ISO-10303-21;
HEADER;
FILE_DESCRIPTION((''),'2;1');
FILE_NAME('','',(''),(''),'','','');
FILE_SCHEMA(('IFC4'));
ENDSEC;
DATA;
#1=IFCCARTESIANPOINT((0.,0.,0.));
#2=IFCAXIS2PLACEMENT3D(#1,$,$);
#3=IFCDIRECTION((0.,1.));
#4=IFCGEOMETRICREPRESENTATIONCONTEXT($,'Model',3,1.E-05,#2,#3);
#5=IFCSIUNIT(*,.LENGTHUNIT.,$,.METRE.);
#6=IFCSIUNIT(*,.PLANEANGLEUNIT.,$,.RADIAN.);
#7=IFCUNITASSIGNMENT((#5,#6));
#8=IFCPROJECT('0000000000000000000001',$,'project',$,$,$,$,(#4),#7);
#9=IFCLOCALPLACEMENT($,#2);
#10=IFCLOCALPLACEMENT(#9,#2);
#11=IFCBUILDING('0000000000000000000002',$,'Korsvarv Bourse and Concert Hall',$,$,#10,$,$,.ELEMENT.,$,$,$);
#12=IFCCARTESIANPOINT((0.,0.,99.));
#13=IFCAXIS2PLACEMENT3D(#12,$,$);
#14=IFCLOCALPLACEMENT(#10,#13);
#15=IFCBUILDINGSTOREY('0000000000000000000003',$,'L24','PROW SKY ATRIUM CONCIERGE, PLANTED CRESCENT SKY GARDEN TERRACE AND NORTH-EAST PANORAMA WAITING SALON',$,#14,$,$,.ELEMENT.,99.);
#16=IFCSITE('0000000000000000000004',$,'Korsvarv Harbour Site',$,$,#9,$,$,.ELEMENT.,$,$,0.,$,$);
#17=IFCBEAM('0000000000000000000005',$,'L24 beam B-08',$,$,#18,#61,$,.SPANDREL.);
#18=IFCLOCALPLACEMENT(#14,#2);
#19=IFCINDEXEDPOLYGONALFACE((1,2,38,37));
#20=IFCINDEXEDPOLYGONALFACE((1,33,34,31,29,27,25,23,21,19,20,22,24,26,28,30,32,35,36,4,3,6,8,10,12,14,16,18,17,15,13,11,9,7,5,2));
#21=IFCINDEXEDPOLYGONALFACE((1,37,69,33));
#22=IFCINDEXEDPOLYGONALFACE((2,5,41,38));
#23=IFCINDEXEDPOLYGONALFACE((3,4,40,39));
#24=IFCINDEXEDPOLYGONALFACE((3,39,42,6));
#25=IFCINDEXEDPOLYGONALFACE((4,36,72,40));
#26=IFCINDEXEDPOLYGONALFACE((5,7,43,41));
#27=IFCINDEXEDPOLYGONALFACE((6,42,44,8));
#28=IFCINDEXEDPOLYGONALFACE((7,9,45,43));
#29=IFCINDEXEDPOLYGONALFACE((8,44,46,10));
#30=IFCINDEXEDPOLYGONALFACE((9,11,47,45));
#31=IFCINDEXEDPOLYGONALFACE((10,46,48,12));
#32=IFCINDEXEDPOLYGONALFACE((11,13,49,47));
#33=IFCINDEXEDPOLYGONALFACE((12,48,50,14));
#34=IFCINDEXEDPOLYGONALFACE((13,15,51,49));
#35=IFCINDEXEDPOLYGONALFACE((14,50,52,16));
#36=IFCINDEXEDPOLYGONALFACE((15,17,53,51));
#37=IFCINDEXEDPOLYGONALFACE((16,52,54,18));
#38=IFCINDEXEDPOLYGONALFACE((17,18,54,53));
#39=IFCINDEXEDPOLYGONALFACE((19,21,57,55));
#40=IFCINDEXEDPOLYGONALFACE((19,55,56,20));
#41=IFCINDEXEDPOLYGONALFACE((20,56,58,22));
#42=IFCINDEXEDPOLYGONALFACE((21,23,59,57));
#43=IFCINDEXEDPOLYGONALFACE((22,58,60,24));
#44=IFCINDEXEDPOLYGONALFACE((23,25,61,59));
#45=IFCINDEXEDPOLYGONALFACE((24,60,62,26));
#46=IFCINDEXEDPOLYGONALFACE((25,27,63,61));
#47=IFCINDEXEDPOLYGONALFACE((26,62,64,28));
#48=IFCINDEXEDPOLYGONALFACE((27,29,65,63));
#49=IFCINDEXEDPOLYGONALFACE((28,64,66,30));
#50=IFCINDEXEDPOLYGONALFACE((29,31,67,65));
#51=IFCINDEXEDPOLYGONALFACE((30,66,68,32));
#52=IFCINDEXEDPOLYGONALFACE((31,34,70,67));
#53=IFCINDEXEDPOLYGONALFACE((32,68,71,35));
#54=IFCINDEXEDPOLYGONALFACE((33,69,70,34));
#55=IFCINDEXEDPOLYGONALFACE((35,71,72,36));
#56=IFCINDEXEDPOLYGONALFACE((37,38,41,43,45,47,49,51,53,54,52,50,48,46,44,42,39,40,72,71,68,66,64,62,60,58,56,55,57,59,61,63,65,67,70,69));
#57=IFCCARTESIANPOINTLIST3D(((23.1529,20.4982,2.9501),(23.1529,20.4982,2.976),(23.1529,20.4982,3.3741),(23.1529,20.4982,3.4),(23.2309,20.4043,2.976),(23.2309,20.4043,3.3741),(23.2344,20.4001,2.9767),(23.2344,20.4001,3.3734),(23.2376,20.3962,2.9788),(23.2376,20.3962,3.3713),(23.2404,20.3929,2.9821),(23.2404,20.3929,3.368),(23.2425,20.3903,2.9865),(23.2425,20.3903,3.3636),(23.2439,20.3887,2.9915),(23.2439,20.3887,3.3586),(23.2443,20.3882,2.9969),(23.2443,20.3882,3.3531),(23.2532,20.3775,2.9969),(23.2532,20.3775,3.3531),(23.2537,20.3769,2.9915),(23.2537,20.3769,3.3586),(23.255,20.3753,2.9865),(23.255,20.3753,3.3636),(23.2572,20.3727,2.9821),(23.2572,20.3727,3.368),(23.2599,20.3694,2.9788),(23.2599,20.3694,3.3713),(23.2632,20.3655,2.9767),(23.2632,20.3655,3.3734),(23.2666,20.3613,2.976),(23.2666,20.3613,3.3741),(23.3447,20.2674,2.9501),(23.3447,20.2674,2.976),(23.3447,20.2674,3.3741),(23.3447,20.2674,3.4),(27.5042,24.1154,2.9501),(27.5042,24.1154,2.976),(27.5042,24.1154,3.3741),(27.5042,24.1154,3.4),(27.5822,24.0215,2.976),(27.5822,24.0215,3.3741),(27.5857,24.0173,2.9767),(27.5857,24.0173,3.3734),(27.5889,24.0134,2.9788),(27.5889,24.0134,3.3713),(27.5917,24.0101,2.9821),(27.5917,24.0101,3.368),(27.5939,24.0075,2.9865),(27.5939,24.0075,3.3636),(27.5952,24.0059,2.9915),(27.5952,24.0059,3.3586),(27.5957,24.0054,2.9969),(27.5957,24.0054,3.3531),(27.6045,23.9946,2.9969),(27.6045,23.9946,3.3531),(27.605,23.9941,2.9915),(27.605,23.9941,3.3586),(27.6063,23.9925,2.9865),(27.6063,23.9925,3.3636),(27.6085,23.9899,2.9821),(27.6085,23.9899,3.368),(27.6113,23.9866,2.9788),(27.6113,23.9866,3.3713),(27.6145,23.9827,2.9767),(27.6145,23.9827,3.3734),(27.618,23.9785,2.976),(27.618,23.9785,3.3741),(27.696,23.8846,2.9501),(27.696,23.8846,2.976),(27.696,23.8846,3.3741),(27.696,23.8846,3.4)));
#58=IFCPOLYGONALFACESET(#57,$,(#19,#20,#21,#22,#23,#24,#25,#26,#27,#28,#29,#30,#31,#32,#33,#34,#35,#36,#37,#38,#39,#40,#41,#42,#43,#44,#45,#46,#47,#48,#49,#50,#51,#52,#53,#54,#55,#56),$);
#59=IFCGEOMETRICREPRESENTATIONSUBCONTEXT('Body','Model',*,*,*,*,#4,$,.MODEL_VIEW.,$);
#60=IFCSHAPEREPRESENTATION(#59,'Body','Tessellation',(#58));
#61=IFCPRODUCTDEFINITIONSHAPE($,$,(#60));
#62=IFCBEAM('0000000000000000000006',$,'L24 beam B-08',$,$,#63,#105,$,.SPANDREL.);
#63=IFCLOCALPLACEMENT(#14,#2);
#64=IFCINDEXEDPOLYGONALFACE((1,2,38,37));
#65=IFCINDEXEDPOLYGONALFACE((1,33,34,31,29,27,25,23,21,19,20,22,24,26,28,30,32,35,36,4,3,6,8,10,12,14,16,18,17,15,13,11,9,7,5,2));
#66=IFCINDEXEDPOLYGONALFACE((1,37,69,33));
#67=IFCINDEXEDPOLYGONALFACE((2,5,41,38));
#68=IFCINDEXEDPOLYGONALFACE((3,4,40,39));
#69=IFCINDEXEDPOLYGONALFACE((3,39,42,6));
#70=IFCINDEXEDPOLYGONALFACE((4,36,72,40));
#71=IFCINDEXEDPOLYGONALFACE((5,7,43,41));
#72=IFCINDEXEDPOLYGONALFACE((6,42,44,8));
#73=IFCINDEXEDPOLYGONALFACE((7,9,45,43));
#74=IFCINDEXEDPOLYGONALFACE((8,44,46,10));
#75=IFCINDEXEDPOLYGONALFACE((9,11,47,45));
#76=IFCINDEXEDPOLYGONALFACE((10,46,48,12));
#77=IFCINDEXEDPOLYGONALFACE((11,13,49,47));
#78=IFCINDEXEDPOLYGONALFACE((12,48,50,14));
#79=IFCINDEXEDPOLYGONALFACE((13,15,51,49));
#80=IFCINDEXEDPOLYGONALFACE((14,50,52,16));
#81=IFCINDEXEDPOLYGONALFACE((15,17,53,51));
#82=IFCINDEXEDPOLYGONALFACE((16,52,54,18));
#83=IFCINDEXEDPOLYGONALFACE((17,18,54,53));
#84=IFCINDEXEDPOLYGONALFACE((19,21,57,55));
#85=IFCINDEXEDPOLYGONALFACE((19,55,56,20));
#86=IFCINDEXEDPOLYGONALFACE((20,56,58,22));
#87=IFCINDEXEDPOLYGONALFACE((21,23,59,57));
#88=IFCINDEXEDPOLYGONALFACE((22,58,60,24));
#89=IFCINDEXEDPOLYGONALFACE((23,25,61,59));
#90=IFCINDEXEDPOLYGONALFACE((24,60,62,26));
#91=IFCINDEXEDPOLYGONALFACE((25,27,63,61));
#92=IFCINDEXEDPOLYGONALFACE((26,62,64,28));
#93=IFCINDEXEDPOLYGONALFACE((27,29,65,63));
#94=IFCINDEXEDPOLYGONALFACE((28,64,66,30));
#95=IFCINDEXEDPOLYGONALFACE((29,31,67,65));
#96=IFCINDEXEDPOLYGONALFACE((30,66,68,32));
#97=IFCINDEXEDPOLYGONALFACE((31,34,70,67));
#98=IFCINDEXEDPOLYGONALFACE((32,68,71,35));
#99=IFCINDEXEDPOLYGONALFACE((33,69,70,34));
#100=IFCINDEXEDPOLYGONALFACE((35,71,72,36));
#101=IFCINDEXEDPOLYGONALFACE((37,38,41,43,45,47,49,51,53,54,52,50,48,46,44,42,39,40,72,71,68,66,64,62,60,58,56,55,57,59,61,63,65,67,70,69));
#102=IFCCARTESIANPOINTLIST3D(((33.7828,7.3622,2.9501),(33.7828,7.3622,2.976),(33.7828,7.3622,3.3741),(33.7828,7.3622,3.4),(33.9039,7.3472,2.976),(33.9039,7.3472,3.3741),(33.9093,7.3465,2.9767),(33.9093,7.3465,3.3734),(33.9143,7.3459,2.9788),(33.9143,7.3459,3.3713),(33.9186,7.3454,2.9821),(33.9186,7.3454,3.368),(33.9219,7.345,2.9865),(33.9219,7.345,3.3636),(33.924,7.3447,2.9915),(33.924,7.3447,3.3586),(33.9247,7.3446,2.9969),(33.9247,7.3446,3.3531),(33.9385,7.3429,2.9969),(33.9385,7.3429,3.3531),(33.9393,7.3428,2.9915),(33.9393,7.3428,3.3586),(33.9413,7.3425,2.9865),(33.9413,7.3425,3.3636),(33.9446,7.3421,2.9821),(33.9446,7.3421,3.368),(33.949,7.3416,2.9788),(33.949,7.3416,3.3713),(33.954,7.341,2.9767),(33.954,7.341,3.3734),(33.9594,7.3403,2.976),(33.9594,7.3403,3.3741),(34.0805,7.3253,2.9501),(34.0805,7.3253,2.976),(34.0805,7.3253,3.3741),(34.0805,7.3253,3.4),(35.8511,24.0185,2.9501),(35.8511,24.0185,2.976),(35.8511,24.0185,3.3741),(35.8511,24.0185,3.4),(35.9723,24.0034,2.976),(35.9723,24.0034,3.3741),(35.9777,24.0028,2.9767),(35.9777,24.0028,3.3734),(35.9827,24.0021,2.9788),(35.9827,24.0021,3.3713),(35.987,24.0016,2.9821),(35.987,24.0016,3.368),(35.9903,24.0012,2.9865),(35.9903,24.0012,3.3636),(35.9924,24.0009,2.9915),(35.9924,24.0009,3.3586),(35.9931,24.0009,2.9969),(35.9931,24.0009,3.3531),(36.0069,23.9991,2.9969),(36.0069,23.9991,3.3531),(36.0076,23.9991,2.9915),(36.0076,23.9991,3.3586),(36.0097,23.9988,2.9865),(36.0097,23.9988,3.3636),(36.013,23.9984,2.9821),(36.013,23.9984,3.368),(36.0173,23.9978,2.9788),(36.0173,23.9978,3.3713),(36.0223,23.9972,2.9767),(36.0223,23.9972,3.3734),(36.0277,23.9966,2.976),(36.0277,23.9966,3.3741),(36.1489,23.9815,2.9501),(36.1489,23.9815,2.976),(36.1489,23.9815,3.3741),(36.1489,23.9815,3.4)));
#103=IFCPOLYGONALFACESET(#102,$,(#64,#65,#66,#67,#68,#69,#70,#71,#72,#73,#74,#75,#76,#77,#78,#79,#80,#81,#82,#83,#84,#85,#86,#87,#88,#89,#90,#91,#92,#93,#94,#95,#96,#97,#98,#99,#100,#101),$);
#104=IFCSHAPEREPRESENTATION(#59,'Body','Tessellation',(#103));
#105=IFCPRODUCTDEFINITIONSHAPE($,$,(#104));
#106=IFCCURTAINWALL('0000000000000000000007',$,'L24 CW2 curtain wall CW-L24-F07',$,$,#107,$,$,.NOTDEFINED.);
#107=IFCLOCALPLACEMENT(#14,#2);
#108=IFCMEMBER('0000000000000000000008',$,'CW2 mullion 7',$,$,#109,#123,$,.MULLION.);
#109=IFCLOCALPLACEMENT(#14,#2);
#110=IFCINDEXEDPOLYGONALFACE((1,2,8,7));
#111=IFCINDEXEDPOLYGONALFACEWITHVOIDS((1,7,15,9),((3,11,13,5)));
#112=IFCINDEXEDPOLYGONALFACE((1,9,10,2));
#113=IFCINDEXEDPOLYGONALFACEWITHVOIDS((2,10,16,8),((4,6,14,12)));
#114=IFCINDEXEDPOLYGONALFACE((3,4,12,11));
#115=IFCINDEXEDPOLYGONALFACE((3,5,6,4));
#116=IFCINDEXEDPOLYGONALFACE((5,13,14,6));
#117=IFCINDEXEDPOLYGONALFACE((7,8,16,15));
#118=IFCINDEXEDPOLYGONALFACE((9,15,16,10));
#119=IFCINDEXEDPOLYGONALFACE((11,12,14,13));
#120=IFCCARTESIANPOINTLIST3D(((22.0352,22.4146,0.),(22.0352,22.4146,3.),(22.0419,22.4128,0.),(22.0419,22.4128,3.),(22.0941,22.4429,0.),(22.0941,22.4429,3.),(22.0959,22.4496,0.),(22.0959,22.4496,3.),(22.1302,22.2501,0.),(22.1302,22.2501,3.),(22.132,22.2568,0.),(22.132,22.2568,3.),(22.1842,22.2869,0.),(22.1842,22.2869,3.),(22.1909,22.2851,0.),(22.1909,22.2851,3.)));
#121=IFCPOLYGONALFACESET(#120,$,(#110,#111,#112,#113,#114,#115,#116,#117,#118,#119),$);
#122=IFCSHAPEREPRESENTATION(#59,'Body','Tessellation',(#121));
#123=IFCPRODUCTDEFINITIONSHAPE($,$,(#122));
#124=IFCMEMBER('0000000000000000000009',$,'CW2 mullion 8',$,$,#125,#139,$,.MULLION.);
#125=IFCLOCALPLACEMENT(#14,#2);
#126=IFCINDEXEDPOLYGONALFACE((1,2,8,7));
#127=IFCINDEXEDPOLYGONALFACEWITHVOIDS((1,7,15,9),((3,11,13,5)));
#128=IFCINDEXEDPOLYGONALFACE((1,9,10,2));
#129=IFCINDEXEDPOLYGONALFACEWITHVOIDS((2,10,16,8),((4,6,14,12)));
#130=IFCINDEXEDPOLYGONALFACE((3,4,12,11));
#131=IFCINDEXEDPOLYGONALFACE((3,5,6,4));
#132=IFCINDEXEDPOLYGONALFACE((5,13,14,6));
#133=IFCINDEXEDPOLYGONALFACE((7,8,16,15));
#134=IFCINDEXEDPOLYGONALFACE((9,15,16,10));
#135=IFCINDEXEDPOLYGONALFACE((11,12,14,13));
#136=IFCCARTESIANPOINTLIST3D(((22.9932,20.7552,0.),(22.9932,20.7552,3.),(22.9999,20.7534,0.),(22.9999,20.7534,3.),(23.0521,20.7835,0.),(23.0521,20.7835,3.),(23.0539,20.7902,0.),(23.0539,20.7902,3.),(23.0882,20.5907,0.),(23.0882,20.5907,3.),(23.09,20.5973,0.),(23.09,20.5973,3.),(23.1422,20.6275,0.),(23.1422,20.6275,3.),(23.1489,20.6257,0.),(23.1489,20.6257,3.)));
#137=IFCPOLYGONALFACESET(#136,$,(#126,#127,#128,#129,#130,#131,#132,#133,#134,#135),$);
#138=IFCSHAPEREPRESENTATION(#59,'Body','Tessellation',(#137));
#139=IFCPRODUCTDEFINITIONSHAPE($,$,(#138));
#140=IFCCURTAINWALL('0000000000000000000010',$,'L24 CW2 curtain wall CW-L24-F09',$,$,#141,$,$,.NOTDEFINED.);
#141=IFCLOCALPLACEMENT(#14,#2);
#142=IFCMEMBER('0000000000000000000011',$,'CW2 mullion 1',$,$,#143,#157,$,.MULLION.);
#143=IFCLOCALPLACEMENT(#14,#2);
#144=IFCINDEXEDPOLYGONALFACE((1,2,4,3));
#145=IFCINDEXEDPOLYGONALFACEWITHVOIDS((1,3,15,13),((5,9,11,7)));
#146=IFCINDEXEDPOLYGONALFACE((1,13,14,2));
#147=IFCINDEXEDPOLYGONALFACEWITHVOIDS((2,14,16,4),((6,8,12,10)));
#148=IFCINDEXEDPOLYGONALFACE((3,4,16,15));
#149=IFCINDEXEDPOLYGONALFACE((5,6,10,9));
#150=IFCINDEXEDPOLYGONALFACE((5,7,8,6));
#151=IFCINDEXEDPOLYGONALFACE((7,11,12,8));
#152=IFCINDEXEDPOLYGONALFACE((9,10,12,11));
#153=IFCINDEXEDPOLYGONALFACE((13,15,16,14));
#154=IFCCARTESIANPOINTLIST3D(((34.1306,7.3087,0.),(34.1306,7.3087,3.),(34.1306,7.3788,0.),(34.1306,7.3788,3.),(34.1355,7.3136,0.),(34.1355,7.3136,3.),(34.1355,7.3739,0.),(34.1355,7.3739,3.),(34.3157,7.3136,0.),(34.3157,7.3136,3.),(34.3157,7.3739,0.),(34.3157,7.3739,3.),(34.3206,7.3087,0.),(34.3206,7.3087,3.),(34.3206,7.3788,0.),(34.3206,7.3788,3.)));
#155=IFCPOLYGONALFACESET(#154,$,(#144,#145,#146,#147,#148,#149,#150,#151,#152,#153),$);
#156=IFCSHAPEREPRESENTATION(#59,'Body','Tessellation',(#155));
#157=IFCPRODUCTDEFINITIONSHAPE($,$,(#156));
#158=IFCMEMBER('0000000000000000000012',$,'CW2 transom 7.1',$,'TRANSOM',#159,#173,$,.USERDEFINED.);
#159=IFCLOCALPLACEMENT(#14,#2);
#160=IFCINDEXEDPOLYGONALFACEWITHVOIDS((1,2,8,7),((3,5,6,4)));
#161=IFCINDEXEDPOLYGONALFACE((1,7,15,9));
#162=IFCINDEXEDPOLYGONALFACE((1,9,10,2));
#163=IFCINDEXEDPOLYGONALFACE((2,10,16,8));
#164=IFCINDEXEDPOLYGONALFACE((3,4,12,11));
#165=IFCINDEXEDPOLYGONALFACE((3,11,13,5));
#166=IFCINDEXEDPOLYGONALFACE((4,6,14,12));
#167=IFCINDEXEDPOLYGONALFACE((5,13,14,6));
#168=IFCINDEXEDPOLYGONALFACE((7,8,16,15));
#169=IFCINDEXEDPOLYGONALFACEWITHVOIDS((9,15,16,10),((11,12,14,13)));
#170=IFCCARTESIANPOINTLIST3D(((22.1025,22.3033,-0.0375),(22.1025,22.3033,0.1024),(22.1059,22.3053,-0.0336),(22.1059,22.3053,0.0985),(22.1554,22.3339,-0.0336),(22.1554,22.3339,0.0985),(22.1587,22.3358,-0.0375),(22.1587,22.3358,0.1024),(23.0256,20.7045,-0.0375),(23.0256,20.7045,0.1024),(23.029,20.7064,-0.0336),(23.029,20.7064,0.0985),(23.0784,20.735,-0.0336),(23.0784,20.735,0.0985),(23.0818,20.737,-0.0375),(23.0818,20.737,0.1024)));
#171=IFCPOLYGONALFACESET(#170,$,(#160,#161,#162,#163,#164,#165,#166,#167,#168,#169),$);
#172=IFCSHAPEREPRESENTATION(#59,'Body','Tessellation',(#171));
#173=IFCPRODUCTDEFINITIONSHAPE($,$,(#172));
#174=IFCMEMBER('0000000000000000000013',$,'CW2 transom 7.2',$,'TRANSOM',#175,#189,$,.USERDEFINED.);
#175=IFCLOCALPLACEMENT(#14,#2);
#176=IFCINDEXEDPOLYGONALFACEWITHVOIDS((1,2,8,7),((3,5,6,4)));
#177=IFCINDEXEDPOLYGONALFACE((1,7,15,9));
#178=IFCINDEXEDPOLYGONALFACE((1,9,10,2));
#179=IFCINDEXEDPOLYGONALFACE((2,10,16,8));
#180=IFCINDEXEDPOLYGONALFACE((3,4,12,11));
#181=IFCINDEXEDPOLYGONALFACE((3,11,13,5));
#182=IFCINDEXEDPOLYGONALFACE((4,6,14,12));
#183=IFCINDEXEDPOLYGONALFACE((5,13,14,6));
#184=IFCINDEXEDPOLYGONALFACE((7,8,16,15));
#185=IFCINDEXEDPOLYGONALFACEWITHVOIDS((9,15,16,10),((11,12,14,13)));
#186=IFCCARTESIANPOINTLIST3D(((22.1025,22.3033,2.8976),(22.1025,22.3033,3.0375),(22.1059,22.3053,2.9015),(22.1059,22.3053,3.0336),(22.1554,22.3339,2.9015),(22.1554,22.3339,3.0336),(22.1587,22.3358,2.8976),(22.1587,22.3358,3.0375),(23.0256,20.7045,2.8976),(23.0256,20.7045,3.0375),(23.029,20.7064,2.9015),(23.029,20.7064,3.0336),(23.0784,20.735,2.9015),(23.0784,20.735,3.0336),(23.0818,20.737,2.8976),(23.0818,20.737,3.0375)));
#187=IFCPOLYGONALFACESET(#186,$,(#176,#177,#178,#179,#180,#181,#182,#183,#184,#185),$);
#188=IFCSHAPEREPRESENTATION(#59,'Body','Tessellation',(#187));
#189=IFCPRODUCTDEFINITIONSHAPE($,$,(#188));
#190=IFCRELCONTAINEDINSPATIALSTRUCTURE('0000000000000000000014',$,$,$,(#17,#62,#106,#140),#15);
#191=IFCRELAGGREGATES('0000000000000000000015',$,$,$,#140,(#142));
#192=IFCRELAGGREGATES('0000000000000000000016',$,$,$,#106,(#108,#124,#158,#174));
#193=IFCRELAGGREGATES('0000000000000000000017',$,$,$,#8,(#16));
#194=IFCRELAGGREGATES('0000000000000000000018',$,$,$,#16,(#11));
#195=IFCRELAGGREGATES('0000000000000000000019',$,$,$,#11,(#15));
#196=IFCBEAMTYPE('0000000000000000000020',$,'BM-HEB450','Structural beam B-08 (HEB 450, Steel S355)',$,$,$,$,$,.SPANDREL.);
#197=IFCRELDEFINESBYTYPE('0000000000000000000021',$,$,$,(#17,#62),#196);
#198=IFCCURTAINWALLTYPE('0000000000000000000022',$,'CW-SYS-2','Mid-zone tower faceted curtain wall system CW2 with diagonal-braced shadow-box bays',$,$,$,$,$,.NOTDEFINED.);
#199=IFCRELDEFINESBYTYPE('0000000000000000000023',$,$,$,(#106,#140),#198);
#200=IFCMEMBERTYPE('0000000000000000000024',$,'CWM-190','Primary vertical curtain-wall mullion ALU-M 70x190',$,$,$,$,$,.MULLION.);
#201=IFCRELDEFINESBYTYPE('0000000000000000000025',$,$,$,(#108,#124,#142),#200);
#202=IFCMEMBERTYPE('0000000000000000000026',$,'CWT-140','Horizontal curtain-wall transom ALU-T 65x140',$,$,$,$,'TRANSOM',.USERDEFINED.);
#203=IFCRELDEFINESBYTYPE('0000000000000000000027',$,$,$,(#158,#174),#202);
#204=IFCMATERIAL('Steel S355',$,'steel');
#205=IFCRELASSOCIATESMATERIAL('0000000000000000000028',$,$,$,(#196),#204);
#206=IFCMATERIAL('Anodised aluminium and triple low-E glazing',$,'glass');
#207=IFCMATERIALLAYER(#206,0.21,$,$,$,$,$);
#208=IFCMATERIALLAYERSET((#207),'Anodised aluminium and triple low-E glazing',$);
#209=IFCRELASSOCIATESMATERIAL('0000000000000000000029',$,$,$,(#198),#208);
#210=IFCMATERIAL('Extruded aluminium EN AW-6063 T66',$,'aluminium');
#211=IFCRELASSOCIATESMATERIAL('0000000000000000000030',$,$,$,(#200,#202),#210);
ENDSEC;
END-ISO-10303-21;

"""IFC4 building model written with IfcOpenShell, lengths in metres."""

from ifc_helpers import new_model, si_unit, direction, frame, origin, origin_2d, place, context, subcontext, project, spatial, hollow_rectangle, i_section, extrude, source, transform, mapped, material, layer, layer_set, material_profile, profile_set, type_object, element, aggregate, save


model = new_model("IFC4")

# Units and contexts
model_context = context("Model", 3, precision=1e-05, world=origin(), true_north=direction((0.0, 1.0)))
body_context = subcontext(model_context, "Body", "Model", "MODEL_VIEW")
ifc_project = project(units=[si_unit("LENGTHUNIT", "METRE"), si_unit("PLANEANGLEUNIT", "RADIAN")], contexts=[model_context])

# Site, building, storey
site_placement = place(None, origin())
site = spatial("IfcSite", under=ifc_project, at=site_placement, Name="Korsvarv Harbour Site", CompositionType="ELEMENT", RefElevation=0.0)
building_placement = place(site_placement, origin())
building = spatial("IfcBuilding", under=site, at=building_placement, Name="Korsvarv Bourse and Concert Hall", CompositionType="ELEMENT")
storey_placement = place(building_placement, frame((0.0, 0.0, 99.0)))
storey = spatial("IfcBuildingStorey", under=building, at=storey_placement, Name="L24", Description="PROW SKY ATRIUM CONCIERGE, PLANTED CRESCENT SKY GARDEN TERRACE AND NORTH-EAST PANORAMA WAITING SALON", CompositionType="ELEMENT", Elevation=99.0)

# Beams
ifc_material_1 = material(Name="Steel S355", Category="steel")
ifc_material_profile_1 = material_profile(ifc_material_1, i_section(OverallWidth=0.3, OverallDepth=0.45, WebThickness=0.0139, FlangeThickness=0.0259, FilletRadius=0.021, at=origin_2d()), Name="HEB 450")
ifc_profile_set_1 = profile_set([ifc_material_profile_1], Name="Steel S355")
beam_type_1 = type_object("IfcBeamType", Name="BM-HEB450", Description="Structural beam B-08 (HEB 450, Steel S355)", PredefinedType="SPANDREL", material=ifc_profile_set_1)
shared_shape_1 = source(origin(), body_context, "Body", "SweptSolid", [
    extrude(i_section(OverallWidth=0.3, OverallDepth=0.45, WebThickness=0.0139, FlangeThickness=0.0259, FilletRadius=0.021, at=origin_2d()), origin(), (0.0, 0.0, 1.0), 5.6584),
])
beam_1_placement = place(storey_placement, frame((23.2488, 20.3828, 3.175), z_axis=(0.768995, 0.639255, 0.0), x_axis=(-0.639255, 0.768995, 0.0)))
element("IfcBeam", 1, at=beam_1_placement, inside=storey, type_object=beam_type_1, Name="L24 beam B-08", PredefinedType="SPANDREL", context=body_context, shape_type="MappedRepresentation", body=[
    mapped(shared_shape_1, transform((0.0, 0.0, 0.0), scale=1.0)),
])
shared_shape_2 = source(origin(), body_context, "Body", "SweptSolid", [
    extrude(i_section(OverallWidth=0.3, OverallDepth=0.45, WebThickness=0.0139, FlangeThickness=0.0259, FilletRadius=0.021, at=origin_2d()), origin(), (0.0, 0.0, 1.0), 16.7842),
])
beam_2_placement = place(storey_placement, frame((33.9316, 7.3438, 3.175), z_axis=(0.123233, 0.992378, 0.0), x_axis=(-0.992378, 0.123233, 0.0)))
element("IfcBeam", 2, at=beam_2_placement, inside=storey, type_object=beam_type_1, Name="L24 beam B-08", PredefinedType="SPANDREL", context=body_context, shape_type="MappedRepresentation", body=[
    mapped(shared_shape_2, transform((0.0, 0.0, 0.0), scale=1.0)),
])

# Curtain wall, members
ifc_material_2 = material(Name="Anodised aluminium and triple low-E glazing", Category="glass")
ifc_layer_1 = layer(ifc_material_2, 0.21)
ifc_layer_set_1 = layer_set([ifc_layer_1], Name="Anodised aluminium and triple low-E glazing")
curtain_wall_type = type_object("IfcCurtainWallType", Name="CW-SYS-2", Description="Mid-zone tower faceted curtain wall system CW2 with diagonal-braced shadow-box bays", PredefinedType="NOTDEFINED", material=ifc_layer_set_1)
curtain_wall_1_placement = place(storey_placement, origin())
curtain_wall_1 = element("IfcCurtainWall", 3, at=curtain_wall_1_placement, inside=storey, type_object=curtain_wall_type, Name="L24 CW2 curtain wall CW-L24-F07", PredefinedType="NOTDEFINED")
ifc_material_3 = material(Name="Extruded aluminium EN AW-6063 T66", Category="aluminium")
ifc_material_profile_2 = material_profile(ifc_material_3, hollow_rectangle(XDim=0.0701, YDim=0.1899, WallThickness=0.0049, at=origin_2d()), Name="ALU-M 70x190")
ifc_profile_set_2 = profile_set([ifc_material_profile_2], Name="Extruded aluminium EN AW-6063 T66")
member_type_1 = type_object("IfcMemberType", Name="CWM-190", Description="Primary vertical curtain-wall mullion ALU-M 70x190", PredefinedType="MULLION", material=ifc_profile_set_2)
shared_shape_3 = source(origin(), body_context, "Body", "SweptSolid", [
    extrude(hollow_rectangle(XDim=0.0701, YDim=0.1899, WallThickness=0.0049, at=origin_2d()), origin(), (0.0, 0.0, 1.0), 3.0),
])
member_1_placement = place(storey_placement, frame((22.113, 22.3499, 0.0), z_axis=(0.0, 0.0, 1.0), x_axis=(0.866024, 0.500002, 0.0)))
member_1 = element("IfcMember", 4, at=member_1_placement, type_object=member_type_1, Name="CW2 mullion 7", PredefinedType="MULLION", context=body_context, shape_type="MappedRepresentation", body=[
    mapped(shared_shape_3, transform((0.0, 0.0, 0.0), scale=1.0)),
])
member_2_placement = place(storey_placement, frame((23.071, 20.6904, 0.0), z_axis=(0.0, 0.0, 1.0), x_axis=(0.866024, 0.500002, 0.0)))
member_2 = element("IfcMember", 5, at=member_2_placement, type_object=member_type_1, Name="CW2 mullion 8", PredefinedType="MULLION", context=body_context, shape_type="MappedRepresentation", body=[
    mapped(shared_shape_3, transform((0.0, 0.0, 0.0), scale=1.0)),
])

# Curtain wall, member
curtain_wall_2_placement = place(storey_placement, origin())
curtain_wall_2 = element("IfcCurtainWall", 6, at=curtain_wall_2_placement, inside=storey, type_object=curtain_wall_type, Name="L24 CW2 curtain wall CW-L24-F09", PredefinedType="NOTDEFINED")
member_3_placement = place(storey_placement, frame((34.2256, 7.3438, 0.0), z_axis=(0.0, 0.0, 1.0), x_axis=(0.0, 1.0, 0.0)))
member_3 = element("IfcMember", 7, at=member_3_placement, type_object=member_type_1, Name="CW2 mullion 1", PredefinedType="MULLION", context=body_context, shape_type="MappedRepresentation", body=[
    mapped(shared_shape_3, transform((0.0, 0.0, 0.0), scale=1.0)),
])

# Members
ifc_material_profile_3 = material_profile(ifc_material_3, hollow_rectangle(XDim=0.0649, YDim=0.1399, WallThickness=0.0039, at=origin_2d()), Name="ALU-T 65x140")
ifc_profile_set_3 = profile_set([ifc_material_profile_3], Name="Extruded aluminium EN AW-6063 T66")
member_type_2 = type_object("IfcMemberType", Name="CWT-140", Description="Horizontal curtain-wall transom ALU-T 65x140", ElementType="TRANSOM", PredefinedType="USERDEFINED", material=ifc_profile_set_3)
shared_shape_4 = source(origin(), body_context, "Body", "SweptSolid", [
    extrude(hollow_rectangle(XDim=0.0649, YDim=0.1399, WallThickness=0.0039, at=origin_2d()), origin(), (0.0, 0.0, 1.0), 1.8462),
])
member_4_placement = place(storey_placement, frame((22.1306, 22.3196, 0.0325), z_axis=(0.499993, -0.866029, 0.0), x_axis=(0.866029, 0.499993, 0.0)))
member_4 = element("IfcMember", 8, at=member_4_placement, type_object=member_type_2, Name="CW2 transom 7.1", ObjectType="TRANSOM", PredefinedType="USERDEFINED", context=body_context, shape_type="MappedRepresentation", body=[
    mapped(shared_shape_4, transform((0.0, 0.0, 0.0), scale=1.0)),
])
member_5_placement = place(storey_placement, frame((22.1306, 22.3196, 2.9675), z_axis=(0.499993, -0.866029, 0.0), x_axis=(0.866029, 0.499993, 0.0)))
member_5 = element("IfcMember", 9, at=member_5_placement, type_object=member_type_2, Name="CW2 transom 7.2", ObjectType="TRANSOM", PredefinedType="USERDEFINED", context=body_context, shape_type="MappedRepresentation", body=[
    mapped(shared_shape_4, transform((0.0, 0.0, 0.0), scale=1.0)),
])
aggregate(curtain_wall_2, [member_3])

aggregate(curtain_wall_1, [member_1, member_2, member_4, member_5])

save(model, "model.ifc")
